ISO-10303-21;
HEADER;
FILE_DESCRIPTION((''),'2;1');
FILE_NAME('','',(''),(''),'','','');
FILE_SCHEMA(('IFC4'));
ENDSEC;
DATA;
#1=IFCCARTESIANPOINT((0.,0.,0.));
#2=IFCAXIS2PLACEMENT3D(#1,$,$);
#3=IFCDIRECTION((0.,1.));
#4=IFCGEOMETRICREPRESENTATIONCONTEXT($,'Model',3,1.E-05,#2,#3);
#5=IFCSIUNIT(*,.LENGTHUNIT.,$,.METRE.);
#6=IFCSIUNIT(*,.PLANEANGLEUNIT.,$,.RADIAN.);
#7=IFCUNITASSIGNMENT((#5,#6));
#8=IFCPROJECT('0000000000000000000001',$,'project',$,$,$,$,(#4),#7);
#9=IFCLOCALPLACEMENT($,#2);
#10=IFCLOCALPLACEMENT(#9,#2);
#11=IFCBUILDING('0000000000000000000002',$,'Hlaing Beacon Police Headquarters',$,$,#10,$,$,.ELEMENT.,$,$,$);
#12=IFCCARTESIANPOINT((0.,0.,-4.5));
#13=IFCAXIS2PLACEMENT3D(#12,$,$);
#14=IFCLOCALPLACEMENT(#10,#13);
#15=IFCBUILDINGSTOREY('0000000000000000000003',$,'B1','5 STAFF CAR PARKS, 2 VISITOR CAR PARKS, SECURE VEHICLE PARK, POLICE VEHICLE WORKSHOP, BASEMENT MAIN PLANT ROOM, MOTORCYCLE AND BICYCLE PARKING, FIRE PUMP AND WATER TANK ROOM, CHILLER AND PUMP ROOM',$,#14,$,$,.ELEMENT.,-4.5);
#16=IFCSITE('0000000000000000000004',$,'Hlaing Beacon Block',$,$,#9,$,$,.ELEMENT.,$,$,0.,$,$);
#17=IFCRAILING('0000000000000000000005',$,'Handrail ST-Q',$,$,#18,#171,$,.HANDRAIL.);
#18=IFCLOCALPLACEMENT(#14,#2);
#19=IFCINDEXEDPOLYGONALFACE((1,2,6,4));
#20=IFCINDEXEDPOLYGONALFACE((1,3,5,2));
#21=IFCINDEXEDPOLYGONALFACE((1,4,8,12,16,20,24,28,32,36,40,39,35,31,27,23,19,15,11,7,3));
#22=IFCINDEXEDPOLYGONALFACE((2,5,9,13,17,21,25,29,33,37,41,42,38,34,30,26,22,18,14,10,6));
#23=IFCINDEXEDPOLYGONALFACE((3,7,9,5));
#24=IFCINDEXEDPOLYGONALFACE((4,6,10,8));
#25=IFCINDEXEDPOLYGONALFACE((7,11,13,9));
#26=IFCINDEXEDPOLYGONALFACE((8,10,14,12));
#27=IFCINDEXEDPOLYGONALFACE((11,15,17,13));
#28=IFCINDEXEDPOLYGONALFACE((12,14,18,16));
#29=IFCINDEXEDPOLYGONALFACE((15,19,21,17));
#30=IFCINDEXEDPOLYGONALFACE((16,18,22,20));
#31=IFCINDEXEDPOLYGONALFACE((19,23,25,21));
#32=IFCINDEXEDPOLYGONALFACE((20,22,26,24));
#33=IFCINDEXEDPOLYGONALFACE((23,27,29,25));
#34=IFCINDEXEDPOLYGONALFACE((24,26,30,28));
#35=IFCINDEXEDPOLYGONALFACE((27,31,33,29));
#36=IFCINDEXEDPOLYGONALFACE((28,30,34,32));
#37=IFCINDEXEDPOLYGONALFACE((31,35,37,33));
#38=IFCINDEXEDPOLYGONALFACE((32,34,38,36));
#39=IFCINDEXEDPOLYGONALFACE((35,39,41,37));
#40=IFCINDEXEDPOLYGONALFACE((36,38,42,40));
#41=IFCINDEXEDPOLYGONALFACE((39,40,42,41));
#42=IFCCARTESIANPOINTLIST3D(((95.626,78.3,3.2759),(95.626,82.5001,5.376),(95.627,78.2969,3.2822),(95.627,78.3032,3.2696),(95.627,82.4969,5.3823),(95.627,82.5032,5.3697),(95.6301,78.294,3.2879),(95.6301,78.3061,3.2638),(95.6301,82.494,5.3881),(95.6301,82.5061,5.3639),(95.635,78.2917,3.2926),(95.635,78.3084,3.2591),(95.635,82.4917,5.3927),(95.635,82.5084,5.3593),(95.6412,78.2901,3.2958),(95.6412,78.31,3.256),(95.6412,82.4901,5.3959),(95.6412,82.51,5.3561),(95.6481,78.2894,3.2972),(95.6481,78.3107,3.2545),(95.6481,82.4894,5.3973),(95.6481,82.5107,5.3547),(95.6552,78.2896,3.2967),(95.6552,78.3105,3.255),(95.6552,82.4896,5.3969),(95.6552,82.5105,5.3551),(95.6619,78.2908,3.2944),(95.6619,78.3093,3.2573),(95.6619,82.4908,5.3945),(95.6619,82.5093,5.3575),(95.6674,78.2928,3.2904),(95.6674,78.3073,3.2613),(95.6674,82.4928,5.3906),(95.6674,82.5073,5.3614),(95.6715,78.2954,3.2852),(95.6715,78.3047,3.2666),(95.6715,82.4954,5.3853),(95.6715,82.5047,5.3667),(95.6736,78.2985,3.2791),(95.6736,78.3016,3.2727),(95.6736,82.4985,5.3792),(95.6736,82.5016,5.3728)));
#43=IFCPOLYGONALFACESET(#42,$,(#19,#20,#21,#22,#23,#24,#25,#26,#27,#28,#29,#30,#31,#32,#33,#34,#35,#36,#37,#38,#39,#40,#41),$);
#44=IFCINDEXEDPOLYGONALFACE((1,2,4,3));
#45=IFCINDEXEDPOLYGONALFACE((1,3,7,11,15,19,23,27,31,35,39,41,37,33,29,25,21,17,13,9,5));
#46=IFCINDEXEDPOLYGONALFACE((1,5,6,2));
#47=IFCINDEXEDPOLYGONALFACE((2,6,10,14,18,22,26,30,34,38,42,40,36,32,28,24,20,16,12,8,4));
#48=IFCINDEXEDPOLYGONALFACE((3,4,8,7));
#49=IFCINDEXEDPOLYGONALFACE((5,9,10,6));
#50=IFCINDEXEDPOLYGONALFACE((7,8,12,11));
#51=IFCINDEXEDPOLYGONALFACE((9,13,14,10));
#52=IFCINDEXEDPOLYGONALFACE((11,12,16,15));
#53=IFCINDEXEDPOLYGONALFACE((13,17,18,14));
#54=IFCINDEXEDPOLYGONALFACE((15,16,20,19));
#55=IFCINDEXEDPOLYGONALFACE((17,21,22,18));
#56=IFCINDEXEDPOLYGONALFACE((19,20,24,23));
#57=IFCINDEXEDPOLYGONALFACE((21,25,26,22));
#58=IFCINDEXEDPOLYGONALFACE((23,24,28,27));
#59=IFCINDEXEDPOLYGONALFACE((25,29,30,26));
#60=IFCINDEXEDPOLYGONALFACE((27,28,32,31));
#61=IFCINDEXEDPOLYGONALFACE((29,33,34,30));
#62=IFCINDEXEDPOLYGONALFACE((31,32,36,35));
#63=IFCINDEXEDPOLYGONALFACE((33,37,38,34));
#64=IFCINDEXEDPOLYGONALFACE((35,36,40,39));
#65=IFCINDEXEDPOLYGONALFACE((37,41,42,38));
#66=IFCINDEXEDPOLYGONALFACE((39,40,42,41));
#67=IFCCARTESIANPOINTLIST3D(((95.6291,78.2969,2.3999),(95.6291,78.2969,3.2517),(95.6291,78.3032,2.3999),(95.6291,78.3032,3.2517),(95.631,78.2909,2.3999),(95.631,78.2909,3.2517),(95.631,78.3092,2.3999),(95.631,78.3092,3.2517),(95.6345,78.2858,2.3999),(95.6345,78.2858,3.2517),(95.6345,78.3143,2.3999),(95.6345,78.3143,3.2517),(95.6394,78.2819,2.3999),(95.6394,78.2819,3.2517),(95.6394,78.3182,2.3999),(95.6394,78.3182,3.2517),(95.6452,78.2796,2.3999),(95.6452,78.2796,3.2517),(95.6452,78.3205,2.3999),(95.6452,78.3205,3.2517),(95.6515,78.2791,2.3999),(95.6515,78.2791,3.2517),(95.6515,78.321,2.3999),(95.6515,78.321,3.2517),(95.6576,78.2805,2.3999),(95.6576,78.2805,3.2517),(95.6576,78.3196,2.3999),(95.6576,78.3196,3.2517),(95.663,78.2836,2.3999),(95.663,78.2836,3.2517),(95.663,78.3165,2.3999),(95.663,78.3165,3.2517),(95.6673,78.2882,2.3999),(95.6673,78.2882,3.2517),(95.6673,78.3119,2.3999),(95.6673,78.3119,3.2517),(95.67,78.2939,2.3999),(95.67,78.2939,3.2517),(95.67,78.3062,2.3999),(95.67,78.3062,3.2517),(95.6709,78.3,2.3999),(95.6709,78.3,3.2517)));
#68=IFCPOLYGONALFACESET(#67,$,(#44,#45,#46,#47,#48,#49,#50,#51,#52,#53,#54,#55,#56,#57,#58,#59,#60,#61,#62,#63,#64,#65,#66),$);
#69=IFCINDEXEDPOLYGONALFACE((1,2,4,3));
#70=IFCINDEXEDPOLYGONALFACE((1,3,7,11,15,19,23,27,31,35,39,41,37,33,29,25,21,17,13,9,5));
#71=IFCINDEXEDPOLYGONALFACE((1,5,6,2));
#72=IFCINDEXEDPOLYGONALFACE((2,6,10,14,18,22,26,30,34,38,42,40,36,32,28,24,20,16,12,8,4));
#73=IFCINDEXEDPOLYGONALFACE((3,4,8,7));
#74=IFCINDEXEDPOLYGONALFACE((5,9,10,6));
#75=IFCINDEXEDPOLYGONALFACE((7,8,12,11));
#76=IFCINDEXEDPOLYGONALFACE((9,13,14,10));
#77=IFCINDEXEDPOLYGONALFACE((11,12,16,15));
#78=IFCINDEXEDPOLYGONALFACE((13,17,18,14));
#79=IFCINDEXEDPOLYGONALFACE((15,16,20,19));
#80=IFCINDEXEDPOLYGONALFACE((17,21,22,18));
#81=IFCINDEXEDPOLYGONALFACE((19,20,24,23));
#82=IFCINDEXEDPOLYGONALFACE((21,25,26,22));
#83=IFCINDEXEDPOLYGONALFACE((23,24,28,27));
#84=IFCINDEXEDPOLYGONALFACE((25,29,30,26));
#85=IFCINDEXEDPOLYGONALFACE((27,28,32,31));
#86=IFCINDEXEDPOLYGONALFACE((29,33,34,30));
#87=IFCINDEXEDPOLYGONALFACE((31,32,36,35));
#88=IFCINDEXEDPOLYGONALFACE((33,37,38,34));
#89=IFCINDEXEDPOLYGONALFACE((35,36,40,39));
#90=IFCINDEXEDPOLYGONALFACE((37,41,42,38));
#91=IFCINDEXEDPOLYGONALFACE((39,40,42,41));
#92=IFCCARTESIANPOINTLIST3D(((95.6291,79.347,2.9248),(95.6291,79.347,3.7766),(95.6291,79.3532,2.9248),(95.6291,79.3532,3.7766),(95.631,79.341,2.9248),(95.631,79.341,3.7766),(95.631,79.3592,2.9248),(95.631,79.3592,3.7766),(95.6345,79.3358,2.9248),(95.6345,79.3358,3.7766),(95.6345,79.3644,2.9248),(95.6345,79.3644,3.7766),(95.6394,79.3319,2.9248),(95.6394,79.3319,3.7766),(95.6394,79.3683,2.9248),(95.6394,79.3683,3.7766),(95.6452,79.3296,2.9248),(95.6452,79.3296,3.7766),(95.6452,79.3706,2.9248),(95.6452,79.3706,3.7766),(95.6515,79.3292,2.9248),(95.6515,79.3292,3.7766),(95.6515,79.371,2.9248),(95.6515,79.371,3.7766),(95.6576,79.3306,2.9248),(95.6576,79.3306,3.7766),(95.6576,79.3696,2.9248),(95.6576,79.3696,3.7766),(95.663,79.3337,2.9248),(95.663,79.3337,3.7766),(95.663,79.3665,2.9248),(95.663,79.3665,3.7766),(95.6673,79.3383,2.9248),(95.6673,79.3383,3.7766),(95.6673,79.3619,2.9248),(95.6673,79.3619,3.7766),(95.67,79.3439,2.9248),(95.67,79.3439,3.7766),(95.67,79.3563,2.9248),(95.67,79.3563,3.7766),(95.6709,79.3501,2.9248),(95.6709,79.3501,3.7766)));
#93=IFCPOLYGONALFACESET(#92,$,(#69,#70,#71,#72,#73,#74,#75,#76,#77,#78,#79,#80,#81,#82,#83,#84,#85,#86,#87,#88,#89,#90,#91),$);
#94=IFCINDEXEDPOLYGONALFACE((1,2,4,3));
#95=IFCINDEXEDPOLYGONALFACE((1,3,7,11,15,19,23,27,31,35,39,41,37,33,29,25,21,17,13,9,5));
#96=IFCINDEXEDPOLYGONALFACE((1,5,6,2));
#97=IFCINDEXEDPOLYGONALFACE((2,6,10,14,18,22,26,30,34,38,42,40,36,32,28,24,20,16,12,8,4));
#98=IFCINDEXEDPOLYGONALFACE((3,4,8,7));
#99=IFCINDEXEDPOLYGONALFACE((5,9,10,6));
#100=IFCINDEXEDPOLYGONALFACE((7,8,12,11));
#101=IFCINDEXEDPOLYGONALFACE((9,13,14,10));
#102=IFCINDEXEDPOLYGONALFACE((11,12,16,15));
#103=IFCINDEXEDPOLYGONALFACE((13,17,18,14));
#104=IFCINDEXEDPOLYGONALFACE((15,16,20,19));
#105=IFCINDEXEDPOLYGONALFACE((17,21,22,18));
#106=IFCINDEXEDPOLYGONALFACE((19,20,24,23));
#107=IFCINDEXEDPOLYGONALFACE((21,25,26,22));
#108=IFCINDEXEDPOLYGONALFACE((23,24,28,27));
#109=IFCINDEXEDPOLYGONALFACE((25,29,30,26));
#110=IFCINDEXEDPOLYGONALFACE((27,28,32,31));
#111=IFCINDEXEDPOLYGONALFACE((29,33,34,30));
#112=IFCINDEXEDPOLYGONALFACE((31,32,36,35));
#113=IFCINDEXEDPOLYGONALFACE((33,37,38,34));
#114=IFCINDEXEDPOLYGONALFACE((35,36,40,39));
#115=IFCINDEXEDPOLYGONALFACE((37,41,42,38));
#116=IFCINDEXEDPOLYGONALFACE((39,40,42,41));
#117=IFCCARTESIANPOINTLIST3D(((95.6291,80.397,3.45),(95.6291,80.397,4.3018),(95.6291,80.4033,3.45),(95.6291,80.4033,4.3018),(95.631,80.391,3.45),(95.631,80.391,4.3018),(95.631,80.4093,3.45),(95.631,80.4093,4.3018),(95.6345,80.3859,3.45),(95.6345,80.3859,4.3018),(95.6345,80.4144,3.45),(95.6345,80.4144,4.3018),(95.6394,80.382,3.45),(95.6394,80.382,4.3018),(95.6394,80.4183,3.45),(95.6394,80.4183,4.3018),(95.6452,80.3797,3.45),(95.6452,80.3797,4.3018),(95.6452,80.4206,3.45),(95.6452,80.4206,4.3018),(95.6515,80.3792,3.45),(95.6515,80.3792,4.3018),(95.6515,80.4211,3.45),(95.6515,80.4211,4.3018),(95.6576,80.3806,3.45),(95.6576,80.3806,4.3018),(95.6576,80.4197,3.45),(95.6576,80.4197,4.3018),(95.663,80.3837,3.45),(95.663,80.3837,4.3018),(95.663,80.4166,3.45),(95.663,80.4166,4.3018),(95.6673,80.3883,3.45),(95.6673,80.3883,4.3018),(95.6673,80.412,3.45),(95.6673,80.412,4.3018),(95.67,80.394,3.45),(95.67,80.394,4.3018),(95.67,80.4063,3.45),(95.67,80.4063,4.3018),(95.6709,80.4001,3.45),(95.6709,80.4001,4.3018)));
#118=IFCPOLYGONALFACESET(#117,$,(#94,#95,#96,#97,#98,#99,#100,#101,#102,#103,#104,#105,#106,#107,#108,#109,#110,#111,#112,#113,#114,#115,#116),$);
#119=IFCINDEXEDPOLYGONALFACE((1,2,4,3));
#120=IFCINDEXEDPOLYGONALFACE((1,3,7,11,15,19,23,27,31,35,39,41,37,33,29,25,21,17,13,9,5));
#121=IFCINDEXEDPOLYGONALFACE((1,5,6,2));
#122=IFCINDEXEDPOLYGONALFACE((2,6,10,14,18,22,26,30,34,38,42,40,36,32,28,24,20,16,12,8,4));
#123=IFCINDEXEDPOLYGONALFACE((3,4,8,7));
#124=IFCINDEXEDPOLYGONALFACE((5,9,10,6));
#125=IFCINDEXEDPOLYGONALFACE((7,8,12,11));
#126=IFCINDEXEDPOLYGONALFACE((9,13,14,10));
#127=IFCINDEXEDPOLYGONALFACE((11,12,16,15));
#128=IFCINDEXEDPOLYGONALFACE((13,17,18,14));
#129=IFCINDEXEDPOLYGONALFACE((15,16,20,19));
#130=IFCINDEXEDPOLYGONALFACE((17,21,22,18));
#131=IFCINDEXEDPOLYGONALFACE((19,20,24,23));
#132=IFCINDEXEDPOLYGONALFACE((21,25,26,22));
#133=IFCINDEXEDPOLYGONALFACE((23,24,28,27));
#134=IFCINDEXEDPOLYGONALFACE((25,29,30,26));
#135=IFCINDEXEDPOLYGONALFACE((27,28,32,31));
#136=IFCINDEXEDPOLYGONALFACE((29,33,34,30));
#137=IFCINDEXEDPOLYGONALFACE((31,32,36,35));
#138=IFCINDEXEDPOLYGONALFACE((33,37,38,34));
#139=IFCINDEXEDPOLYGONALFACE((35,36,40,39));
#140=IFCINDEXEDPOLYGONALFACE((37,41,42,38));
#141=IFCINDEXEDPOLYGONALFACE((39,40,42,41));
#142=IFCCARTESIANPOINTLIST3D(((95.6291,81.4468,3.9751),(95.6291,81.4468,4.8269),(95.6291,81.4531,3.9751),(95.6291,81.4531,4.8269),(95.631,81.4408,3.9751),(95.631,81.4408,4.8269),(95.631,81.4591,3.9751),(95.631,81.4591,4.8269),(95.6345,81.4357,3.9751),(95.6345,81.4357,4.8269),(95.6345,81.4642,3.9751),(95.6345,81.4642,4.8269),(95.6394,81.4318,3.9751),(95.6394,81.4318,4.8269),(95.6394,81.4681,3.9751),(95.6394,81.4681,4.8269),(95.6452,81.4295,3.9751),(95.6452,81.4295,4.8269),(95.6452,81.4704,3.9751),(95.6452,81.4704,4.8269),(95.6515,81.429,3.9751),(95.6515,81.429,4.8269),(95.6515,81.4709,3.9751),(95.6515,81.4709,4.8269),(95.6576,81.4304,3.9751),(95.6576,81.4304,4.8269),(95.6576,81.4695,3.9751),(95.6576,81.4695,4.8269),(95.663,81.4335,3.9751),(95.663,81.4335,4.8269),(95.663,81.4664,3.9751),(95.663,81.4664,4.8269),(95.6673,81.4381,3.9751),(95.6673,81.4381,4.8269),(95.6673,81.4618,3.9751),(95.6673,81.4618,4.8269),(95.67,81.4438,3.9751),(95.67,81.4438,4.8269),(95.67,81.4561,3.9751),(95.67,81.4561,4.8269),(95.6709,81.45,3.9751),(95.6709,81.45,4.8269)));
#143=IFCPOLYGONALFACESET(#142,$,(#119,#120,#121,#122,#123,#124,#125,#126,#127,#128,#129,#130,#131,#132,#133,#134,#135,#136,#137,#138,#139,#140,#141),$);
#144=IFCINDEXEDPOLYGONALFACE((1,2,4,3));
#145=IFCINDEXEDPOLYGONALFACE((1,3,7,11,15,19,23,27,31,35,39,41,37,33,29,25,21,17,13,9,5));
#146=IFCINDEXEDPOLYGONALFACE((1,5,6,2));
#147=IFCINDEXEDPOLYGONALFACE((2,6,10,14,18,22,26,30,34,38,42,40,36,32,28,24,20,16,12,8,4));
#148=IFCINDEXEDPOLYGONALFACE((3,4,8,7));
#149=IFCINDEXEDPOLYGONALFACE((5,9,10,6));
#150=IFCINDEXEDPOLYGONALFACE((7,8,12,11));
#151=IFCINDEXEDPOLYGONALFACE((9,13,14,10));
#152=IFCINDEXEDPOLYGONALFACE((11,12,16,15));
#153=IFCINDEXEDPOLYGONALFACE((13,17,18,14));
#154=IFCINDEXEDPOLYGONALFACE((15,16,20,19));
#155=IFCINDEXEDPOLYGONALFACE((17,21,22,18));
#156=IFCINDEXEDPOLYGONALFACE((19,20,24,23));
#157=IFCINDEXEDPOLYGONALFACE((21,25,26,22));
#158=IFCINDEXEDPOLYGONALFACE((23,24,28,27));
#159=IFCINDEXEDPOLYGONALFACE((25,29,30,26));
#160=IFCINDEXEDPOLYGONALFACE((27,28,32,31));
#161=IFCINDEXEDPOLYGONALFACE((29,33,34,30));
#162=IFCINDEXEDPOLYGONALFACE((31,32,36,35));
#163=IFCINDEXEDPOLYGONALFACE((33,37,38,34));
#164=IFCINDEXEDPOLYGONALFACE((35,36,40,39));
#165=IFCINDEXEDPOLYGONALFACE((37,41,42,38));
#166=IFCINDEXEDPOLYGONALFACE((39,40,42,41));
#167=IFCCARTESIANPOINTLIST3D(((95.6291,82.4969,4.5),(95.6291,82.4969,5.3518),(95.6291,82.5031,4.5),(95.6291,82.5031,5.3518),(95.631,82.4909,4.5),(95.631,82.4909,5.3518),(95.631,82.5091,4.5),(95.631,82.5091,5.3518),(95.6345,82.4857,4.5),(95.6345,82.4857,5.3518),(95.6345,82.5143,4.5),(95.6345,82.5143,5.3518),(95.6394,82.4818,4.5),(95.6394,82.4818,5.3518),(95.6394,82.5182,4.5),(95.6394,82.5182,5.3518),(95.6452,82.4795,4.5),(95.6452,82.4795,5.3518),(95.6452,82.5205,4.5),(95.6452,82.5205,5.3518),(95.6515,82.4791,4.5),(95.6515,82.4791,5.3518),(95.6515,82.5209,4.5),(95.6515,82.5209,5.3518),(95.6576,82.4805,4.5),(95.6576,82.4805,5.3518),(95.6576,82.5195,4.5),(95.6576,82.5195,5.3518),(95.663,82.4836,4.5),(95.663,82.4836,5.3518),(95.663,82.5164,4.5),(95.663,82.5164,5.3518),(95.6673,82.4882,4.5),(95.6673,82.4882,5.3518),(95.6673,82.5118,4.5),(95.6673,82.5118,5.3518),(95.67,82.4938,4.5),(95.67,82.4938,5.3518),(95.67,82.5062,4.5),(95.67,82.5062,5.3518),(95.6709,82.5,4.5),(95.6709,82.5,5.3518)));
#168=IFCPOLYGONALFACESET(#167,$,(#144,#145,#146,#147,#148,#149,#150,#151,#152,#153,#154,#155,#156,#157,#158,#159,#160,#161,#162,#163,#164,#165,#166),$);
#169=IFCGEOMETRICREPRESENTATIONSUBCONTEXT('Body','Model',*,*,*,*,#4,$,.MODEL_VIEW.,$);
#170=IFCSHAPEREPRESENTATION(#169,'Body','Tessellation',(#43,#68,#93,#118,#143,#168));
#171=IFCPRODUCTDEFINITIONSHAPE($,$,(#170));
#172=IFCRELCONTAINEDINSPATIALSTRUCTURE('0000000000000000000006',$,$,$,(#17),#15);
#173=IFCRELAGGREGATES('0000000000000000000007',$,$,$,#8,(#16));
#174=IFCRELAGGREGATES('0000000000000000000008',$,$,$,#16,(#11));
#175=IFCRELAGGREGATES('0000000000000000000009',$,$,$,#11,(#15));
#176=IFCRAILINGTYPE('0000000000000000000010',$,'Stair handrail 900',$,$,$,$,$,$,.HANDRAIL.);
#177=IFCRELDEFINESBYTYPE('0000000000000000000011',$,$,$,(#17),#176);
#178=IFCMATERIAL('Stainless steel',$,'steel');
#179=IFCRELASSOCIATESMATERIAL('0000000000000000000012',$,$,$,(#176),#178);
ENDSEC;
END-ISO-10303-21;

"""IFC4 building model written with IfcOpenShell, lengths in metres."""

from ifc_helpers import new_model, si_unit, direction, frame, origin, origin_2d, place, context, subcontext, project, spatial, circle, extrude, material, type_object, element, save


model = new_model("IFC4")

# Units and contexts
model_context = context("Model", 3, precision=1e-05, world=origin(), true_north=direction((0.0, 1.0)))
body_context = subcontext(model_context, "Body", "Model", "MODEL_VIEW")
ifc_project = project(units=[si_unit("LENGTHUNIT", "METRE"), si_unit("PLANEANGLEUNIT", "RADIAN")], contexts=[model_context])

# Site, building, storey
site_placement = place(None, origin())
site = spatial("IfcSite", under=ifc_project, at=site_placement, Name="Hlaing Beacon Block", CompositionType="ELEMENT", RefElevation=0.0)
building_placement = place(site_placement, origin())
building = spatial("IfcBuilding", under=site, at=building_placement, Name="Hlaing Beacon Police Headquarters", CompositionType="ELEMENT")
storey_placement = place(building_placement, frame((0.0, 0.0, -4.5)))
storey = spatial("IfcBuildingStorey", under=building, at=storey_placement, Name="B1", Description="5 STAFF CAR PARKS, 2 VISITOR CAR PARKS, SECURE VEHICLE PARK, POLICE VEHICLE WORKSHOP, BASEMENT MAIN PLANT ROOM, MOTORCYCLE AND BICYCLE PARKING, FIRE PUMP AND WATER TANK ROOM, CHILLER AND PUMP ROOM", CompositionType="ELEMENT", Elevation=-4.5)

# Railing
ifc_material_1 = material(Name="Stainless steel", Category="steel")
railing_type = type_object("IfcRailingType", Name="Stair handrail 900", PredefinedType="HANDRAIL", material=ifc_material_1)
railing_placement = place(storey_placement, frame((95.6499, 78.3, 2.3999)))
element("IfcRailing", 1, at=railing_placement, inside=storey, type_object=railing_type, Name="Handrail ST-Q", PredefinedType="HANDRAIL", context=body_context, shape_type="SweptSolid", body=[
    extrude(circle(Radius=0.0239, at=origin_2d()), frame((0.0, 0.0, 0.876), z_axis=(0.0, 0.894417, 0.447234), x_axis=(-1.0, 0.0, 0.0)), (0.0, 0.0, 1.0), 4.6958),
    extrude(circle(Radius=0.021, at=origin_2d()), origin(), (0.0, 0.0, 1.0), 0.8518),
    extrude(circle(Radius=0.021, at=origin_2d()), frame((0.0, 1.05, 0.5249)), (0.0, 0.0, 1.0), 0.8518),
    extrude(circle(Radius=0.021, at=origin_2d()), frame((0.0, 2.1001, 1.05)), (0.0, 0.0, 1.0), 0.8518),
    extrude(circle(Radius=0.021, at=origin_2d()), frame((0.0, 3.1499, 1.5752)), (0.0, 0.0, 1.0), 0.8518),
    extrude(circle(Radius=0.021, at=origin_2d()), frame((0.0, 4.2, 2.1001)), (0.0, 0.0, 1.0), 0.8518),
])

save(model, "model.ifc")
